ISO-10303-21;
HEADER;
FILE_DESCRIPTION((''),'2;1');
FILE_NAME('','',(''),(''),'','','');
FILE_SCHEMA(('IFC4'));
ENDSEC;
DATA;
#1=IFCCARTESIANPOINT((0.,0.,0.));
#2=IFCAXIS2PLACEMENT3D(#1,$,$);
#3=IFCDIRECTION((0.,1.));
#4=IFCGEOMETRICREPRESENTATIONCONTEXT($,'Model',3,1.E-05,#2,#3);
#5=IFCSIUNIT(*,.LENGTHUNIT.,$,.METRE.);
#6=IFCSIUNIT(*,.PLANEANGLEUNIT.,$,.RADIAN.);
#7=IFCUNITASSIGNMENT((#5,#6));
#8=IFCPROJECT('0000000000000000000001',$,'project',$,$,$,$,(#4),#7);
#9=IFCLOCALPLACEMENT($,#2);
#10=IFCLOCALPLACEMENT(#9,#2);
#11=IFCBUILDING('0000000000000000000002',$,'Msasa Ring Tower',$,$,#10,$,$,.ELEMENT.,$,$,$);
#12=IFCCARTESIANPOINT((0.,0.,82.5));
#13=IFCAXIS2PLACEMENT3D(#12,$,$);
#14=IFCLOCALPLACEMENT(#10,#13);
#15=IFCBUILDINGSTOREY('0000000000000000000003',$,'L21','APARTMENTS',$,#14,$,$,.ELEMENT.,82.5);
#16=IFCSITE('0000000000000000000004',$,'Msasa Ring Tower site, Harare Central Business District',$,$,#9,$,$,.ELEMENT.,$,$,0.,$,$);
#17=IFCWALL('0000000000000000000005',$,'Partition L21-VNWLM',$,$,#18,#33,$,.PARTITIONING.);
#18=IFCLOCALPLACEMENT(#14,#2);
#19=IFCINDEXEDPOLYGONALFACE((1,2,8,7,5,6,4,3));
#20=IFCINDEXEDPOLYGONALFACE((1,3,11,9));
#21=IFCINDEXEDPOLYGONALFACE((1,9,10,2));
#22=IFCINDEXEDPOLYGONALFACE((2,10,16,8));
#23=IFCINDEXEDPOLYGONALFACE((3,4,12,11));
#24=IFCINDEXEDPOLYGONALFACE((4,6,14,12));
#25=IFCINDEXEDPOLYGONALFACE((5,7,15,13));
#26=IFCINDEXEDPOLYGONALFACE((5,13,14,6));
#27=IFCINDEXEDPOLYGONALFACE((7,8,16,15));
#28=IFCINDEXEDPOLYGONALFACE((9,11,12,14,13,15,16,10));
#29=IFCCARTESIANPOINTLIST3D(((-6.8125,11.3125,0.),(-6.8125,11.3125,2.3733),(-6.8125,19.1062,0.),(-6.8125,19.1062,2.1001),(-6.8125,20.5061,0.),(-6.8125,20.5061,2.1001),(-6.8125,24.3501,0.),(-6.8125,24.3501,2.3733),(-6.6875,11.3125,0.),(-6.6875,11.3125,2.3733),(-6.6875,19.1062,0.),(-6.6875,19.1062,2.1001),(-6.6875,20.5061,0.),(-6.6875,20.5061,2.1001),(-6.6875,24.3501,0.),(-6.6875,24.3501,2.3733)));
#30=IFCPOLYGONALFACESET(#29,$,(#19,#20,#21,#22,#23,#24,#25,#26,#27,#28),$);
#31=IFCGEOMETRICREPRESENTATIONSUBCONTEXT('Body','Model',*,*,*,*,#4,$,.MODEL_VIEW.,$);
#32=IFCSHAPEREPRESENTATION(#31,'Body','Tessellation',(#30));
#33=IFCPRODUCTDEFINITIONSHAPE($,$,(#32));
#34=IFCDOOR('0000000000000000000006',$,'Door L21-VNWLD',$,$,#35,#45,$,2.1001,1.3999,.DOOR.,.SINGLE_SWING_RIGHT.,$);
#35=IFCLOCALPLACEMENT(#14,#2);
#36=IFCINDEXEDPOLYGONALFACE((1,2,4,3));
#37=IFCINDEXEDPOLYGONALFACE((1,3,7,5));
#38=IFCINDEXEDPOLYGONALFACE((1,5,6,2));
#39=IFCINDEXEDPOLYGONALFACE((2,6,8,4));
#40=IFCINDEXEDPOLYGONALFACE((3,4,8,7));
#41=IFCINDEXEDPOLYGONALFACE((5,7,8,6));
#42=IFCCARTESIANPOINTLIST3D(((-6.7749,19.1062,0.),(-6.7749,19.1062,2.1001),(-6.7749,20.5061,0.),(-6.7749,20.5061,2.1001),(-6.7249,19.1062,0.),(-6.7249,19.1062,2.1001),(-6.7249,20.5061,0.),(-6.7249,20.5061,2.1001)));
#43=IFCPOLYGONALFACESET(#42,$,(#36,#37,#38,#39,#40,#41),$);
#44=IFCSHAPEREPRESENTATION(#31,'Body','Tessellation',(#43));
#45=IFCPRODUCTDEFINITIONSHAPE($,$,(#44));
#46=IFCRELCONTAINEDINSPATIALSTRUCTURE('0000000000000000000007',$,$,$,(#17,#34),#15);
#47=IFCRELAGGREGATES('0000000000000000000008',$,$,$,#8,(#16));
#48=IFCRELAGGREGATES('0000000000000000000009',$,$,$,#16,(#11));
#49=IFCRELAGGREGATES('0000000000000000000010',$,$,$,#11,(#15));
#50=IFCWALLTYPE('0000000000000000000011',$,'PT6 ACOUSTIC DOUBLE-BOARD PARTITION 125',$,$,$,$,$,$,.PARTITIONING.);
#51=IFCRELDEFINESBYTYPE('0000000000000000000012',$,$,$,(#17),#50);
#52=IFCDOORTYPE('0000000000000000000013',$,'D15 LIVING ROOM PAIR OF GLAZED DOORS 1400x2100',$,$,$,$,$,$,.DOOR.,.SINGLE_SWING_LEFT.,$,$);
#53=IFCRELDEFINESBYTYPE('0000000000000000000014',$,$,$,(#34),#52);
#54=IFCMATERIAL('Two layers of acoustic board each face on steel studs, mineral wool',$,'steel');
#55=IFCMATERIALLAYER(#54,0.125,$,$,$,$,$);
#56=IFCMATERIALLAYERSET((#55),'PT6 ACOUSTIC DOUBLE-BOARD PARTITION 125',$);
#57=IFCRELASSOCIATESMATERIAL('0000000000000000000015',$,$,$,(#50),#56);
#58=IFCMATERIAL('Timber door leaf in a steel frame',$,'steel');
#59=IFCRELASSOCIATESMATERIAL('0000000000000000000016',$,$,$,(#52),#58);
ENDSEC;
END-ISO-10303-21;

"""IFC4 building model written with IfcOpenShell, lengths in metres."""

from ifc_helpers import new_model, si_unit, direction, frame, frame_2d, origin, place, context, subcontext, project, spatial, rectangle, extrude, material, layer, layer_set, type_object, element, fill, save


model = new_model("IFC4")

# Units and contexts
model_context = context("Model", 3, precision=1e-05, world=origin(), true_north=direction((0.0, 1.0)))
body_context = subcontext(model_context, "Body", "Model", "MODEL_VIEW")
ifc_project = project(units=[si_unit("LENGTHUNIT", "METRE"), si_unit("PLANEANGLEUNIT", "RADIAN")], contexts=[model_context])

# Site, building, storey
site_placement = place(None, origin())
site = spatial("IfcSite", under=ifc_project, at=site_placement, Name="Msasa Ring Tower site, Harare Central Business District", CompositionType="ELEMENT", RefElevation=0.0)
building_placement = place(site_placement, origin())
building = spatial("IfcBuilding", under=site, at=building_placement, Name="Msasa Ring Tower", CompositionType="ELEMENT")
storey_placement = place(building_placement, frame((0.0, 0.0, 82.5)))
storey = spatial("IfcBuildingStorey", under=building, at=storey_placement, Name="L21", Description="APARTMENTS", CompositionType="ELEMENT", Elevation=82.5)

# Wall, opening, door
ifc_material_1 = material(Name="Two layers of acoustic board each face on steel studs, mineral wool", Category="steel")
ifc_layer_1 = layer(ifc_material_1, 0.125)
ifc_layer_set_1 = layer_set([ifc_layer_1], Name="PT6 ACOUSTIC DOUBLE-BOARD PARTITION 125")
wall_type_1 = type_object("IfcWallType", Name="PT6 ACOUSTIC DOUBLE-BOARD PARTITION 125", PredefinedType="PARTITIONING", material=ifc_layer_set_1)
wall_1_placement = place(storey_placement, frame((-6.75, 11.3125, 0.0), z_axis=(0.0, 0.0, 1.0), x_axis=(0.0, 1.0, 0.0)))
wall_1 = element("IfcWall", 1, at=wall_1_placement, inside=storey, type_object=wall_type_1, Name="Partition L21-VNWLM", PredefinedType="PARTITIONING", context=body_context, shape_type="SweptSolid", body=[
    extrude(rectangle(XDim=13.0376, YDim=0.125, at=frame_2d((6.5188, 0.0))), origin(), (0.0, 0.0, 1.0), 2.3733),
])
opening_1_placement = place(wall_1_placement, frame((7.7937, 0.0, 0.0)))
opening_1 = element("IfcOpeningElement", 2, at=opening_1_placement, cuts=wall_1, PredefinedType="OPENING", context=body_context, shape_type="SweptSolid", body=[
    extrude(rectangle(XDim=1.3999, YDim=2.1001, at=frame_2d((0.7, 1.05))), frame((0.0, 0.0725, 0.0), z_axis=(0.0, -1.0, 0.0), x_axis=(1.0, 0.0, 0.0)), (0.0, 0.0, 1.0), 0.145),
])
ifc_material_2 = material(Name="Timber door leaf in a steel frame", Category="steel")
door_type_1 = type_object("IfcDoorType", Name="D15 LIVING ROOM PAIR OF GLAZED DOORS 1400x2100", OperationType="SINGLE_SWING_LEFT", PredefinedType="DOOR", material=ifc_material_2)
door_1_placement = place(opening_1_placement, origin())
door_1 = element("IfcDoor", 3, at=door_1_placement, inside=storey, type_object=door_type_1, Name="Door L21-VNWLD", OperationType="SINGLE_SWING_RIGHT", OverallHeight=2.1001, OverallWidth=1.3999, PredefinedType="DOOR", context=body_context, shape_type="SweptSolid", body=[
    extrude(rectangle(XDim=1.3999, YDim=2.1001, at=frame_2d((0.7, 1.05))), frame((0.0, 0.0249, 0.0), z_axis=(0.0, -1.0, 0.0), x_axis=(1.0, 0.0, 0.0)), (0.0, 0.0, 1.0), 0.05),
])
fill(opening_1, door_1)

save(model, "model.ifc")
